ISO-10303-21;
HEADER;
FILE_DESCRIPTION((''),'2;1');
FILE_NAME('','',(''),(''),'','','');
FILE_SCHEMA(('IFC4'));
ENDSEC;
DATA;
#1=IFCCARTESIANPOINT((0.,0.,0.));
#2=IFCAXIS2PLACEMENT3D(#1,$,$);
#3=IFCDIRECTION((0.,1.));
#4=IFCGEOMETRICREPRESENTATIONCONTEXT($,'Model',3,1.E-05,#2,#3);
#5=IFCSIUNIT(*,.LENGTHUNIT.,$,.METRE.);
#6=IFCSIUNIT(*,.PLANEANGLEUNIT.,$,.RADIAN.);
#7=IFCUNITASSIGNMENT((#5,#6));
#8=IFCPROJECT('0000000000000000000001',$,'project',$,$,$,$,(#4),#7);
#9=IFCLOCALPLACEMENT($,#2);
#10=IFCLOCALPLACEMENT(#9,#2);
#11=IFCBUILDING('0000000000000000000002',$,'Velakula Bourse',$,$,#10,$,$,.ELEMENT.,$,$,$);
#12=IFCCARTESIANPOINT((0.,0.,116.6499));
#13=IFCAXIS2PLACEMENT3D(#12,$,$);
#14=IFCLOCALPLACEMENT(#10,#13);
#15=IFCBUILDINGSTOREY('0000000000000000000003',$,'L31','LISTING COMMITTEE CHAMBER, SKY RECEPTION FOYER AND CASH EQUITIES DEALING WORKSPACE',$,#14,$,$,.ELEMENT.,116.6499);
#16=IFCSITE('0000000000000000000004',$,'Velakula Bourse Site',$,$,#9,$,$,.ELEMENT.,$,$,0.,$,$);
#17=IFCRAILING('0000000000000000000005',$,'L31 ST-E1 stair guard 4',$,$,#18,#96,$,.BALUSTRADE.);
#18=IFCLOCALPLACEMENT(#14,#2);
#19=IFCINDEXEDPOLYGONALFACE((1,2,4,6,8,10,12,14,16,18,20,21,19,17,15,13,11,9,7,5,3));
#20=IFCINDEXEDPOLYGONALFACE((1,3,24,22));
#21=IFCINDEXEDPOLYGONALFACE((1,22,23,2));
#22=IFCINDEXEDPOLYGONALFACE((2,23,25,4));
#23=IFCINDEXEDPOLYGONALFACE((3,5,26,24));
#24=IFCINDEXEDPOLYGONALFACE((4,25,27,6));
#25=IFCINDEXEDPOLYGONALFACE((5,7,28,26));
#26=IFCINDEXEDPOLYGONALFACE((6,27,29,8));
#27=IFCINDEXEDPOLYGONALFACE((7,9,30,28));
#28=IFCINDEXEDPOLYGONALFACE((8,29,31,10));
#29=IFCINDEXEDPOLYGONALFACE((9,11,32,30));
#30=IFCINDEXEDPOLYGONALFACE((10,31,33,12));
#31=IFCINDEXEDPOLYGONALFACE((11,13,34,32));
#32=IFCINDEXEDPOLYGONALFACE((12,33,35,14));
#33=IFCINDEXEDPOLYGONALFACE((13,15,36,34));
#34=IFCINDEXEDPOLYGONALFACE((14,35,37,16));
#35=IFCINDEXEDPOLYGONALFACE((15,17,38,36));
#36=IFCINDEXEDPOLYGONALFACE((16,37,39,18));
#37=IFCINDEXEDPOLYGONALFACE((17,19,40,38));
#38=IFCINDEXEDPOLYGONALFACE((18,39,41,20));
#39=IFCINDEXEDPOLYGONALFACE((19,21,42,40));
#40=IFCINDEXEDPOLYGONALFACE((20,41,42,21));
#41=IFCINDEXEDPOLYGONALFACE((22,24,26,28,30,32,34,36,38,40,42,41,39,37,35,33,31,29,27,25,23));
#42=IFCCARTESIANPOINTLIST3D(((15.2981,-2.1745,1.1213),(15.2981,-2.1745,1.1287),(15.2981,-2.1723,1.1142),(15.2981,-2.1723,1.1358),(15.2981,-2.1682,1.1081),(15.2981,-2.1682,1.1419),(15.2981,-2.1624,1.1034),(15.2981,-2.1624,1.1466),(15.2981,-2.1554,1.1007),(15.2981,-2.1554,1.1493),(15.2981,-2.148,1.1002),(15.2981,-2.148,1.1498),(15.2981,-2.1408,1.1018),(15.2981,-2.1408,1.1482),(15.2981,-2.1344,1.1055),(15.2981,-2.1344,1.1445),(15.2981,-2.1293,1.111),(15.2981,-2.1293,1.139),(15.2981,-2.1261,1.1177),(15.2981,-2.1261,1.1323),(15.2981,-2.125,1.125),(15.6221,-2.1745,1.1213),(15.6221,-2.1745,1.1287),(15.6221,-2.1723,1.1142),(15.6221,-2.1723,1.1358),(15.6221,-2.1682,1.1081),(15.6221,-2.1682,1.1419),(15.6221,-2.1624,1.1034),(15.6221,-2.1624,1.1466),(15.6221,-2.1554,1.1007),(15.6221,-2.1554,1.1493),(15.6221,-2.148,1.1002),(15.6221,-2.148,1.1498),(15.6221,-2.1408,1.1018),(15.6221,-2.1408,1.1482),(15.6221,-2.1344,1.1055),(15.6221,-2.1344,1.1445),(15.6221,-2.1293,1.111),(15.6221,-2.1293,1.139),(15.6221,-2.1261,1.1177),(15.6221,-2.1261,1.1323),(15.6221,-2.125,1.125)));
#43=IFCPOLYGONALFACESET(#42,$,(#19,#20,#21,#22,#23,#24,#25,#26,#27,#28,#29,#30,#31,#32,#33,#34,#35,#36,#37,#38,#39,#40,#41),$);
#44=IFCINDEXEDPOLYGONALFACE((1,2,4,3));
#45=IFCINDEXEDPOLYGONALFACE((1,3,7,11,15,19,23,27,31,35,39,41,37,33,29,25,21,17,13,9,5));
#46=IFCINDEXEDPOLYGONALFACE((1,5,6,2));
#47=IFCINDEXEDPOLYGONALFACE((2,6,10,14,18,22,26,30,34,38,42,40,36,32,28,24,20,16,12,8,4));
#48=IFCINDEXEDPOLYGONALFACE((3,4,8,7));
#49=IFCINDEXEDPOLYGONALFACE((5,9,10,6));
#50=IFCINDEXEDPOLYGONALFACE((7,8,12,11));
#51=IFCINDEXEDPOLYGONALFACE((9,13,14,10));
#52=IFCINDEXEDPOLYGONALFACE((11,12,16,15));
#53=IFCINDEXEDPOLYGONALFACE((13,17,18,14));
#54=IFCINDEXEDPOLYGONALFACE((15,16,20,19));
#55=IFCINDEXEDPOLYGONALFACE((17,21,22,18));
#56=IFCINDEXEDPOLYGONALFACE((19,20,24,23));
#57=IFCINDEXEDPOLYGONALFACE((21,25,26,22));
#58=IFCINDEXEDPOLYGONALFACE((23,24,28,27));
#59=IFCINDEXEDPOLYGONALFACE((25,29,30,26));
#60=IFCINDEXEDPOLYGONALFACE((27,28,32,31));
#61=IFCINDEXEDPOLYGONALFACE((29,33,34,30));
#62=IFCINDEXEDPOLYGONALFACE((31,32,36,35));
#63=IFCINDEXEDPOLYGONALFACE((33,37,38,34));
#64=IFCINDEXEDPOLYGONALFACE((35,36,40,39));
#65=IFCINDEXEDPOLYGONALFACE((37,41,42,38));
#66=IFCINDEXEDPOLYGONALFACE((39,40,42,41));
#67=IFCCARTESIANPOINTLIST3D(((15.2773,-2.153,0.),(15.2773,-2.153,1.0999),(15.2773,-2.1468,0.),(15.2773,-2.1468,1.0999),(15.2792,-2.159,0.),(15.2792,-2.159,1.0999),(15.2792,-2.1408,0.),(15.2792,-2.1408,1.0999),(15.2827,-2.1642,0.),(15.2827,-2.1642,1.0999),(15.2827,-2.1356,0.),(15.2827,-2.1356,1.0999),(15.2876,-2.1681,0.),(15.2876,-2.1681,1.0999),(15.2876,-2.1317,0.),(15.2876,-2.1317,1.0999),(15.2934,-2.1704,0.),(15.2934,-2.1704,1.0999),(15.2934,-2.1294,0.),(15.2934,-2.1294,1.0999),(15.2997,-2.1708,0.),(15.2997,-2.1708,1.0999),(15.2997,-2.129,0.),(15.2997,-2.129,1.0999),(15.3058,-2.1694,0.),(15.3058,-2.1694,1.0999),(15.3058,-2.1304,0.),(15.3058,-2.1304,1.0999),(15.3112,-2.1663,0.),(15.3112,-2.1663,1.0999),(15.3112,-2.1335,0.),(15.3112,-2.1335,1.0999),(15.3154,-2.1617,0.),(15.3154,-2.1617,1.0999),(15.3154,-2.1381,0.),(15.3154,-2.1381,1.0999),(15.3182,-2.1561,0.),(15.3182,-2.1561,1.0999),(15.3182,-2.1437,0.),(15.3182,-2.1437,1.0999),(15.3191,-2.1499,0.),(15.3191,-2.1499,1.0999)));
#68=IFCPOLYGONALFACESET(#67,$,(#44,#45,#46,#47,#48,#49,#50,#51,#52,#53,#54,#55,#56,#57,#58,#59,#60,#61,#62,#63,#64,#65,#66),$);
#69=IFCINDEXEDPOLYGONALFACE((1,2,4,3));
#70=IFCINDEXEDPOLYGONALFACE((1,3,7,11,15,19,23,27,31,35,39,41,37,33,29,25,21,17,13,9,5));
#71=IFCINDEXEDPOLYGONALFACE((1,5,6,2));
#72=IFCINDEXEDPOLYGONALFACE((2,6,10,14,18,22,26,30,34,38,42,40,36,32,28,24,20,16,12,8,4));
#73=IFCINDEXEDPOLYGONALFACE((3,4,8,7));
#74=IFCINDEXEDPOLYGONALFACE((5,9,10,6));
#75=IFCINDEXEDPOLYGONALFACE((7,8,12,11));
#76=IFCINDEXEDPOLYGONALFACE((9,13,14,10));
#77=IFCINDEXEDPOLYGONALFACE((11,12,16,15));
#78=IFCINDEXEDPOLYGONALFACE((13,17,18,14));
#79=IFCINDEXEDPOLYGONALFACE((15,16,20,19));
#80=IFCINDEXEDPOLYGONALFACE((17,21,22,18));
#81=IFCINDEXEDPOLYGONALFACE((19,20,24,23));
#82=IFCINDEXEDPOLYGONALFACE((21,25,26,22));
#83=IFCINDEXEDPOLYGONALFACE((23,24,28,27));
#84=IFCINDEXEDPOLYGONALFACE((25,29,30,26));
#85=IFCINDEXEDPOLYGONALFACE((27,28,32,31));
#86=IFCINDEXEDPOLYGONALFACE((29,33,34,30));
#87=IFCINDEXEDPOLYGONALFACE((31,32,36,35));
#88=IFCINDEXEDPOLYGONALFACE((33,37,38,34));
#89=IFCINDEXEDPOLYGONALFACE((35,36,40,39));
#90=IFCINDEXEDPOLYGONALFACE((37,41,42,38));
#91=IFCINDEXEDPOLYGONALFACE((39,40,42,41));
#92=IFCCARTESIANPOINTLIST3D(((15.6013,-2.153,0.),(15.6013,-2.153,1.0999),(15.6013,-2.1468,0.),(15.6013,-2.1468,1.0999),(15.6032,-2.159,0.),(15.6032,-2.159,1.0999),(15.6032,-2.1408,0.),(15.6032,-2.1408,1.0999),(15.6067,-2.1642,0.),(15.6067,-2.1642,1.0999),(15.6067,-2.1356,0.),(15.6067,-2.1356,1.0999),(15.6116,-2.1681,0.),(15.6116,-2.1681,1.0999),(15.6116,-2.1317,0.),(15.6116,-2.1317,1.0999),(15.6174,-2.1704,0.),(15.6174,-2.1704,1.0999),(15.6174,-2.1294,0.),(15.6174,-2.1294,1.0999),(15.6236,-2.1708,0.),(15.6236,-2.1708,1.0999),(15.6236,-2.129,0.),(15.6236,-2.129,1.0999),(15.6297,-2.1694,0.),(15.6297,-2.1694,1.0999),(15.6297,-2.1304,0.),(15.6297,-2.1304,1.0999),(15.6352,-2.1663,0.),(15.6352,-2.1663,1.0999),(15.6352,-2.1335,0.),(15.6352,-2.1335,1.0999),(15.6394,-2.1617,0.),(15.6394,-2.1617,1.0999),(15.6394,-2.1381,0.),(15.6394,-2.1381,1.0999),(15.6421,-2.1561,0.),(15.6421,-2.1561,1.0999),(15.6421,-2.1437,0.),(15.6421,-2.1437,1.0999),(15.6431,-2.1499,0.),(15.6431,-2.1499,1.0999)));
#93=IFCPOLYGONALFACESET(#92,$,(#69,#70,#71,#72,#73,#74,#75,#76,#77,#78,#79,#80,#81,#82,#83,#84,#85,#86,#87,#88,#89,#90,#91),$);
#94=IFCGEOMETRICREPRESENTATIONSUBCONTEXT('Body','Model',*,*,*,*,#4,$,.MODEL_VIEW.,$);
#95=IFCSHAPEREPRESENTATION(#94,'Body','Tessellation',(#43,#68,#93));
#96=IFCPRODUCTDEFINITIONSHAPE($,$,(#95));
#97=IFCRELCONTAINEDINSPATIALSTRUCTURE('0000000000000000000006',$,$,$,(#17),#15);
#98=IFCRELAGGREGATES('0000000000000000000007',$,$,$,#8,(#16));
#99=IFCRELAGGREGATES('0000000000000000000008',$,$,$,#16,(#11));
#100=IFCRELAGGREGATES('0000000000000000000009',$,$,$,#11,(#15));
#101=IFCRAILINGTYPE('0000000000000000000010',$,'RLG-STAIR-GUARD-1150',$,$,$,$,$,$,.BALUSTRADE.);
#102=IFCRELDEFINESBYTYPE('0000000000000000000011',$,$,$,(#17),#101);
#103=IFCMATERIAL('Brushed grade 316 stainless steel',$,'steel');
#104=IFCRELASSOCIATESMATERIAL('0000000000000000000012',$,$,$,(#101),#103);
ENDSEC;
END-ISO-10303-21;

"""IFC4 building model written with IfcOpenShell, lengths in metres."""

from ifc_helpers import new_model, si_unit, direction, frame, origin, origin_2d, place, context, subcontext, project, spatial, circle, extrude, material, type_object, element, save


model = new_model("IFC4")

# Units and contexts
model_context = context("Model", 3, precision=1e-05, world=origin(), true_north=direction((0.0, 1.0)))
body_context = subcontext(model_context, "Body", "Model", "MODEL_VIEW")
ifc_project = project(units=[si_unit("LENGTHUNIT", "METRE"), si_unit("PLANEANGLEUNIT", "RADIAN")], contexts=[model_context])

# Site, building, storey
site_placement = place(None, origin())
site = spatial("IfcSite", under=ifc_project, at=site_placement, Name="Velakula Bourse Site", CompositionType="ELEMENT", RefElevation=0.0)
building_placement = place(site_placement, origin())
building = spatial("IfcBuilding", under=site, at=building_placement, Name="Velakula Bourse", CompositionType="ELEMENT")
storey_placement = place(building_placement, frame((0.0, 0.0, 116.6499)))
storey = spatial("IfcBuildingStorey", under=building, at=storey_placement, Name="L31", Description="LISTING COMMITTEE CHAMBER, SKY RECEPTION FOYER AND CASH EQUITIES DEALING WORKSPACE", CompositionType="ELEMENT", Elevation=116.6499)

# Shared definitions
ifc_material_1 = material(Name="Brushed grade 316 stainless steel", Category="steel")

# Railing
railing_type_1 = type_object("IfcRailingType", Name="RLG-STAIR-GUARD-1150", PredefinedType="BALUSTRADE", material=ifc_material_1)
railing_1_placement = place(storey_placement, frame((15.2981, -2.1499, 0.0)))
element("IfcRailing", 1, at=railing_1_placement, inside=storey, type_object=railing_type_1, Name="L31 ST-E1 stair guard 4", PredefinedType="BALUSTRADE", context=body_context, shape_type="SweptSolid", body=[
    extrude(circle(Radius=0.0249, at=origin_2d()), frame((0.0, 0.0, 1.125), z_axis=(1.0, 0.0, 0.0), x_axis=(0.0, 1.0, 0.0)), (0.0, 0.0, 1.0), 0.324),
    extrude(circle(Radius=0.021, at=origin_2d()), origin(), (0.0, 0.0, 1.0), 1.0999),
    extrude(circle(Radius=0.021, at=origin_2d()), frame((0.324, 0.0, 0.0)), (0.0, 0.0, 1.0), 1.0999),
])

save(model, "model.ifc")
